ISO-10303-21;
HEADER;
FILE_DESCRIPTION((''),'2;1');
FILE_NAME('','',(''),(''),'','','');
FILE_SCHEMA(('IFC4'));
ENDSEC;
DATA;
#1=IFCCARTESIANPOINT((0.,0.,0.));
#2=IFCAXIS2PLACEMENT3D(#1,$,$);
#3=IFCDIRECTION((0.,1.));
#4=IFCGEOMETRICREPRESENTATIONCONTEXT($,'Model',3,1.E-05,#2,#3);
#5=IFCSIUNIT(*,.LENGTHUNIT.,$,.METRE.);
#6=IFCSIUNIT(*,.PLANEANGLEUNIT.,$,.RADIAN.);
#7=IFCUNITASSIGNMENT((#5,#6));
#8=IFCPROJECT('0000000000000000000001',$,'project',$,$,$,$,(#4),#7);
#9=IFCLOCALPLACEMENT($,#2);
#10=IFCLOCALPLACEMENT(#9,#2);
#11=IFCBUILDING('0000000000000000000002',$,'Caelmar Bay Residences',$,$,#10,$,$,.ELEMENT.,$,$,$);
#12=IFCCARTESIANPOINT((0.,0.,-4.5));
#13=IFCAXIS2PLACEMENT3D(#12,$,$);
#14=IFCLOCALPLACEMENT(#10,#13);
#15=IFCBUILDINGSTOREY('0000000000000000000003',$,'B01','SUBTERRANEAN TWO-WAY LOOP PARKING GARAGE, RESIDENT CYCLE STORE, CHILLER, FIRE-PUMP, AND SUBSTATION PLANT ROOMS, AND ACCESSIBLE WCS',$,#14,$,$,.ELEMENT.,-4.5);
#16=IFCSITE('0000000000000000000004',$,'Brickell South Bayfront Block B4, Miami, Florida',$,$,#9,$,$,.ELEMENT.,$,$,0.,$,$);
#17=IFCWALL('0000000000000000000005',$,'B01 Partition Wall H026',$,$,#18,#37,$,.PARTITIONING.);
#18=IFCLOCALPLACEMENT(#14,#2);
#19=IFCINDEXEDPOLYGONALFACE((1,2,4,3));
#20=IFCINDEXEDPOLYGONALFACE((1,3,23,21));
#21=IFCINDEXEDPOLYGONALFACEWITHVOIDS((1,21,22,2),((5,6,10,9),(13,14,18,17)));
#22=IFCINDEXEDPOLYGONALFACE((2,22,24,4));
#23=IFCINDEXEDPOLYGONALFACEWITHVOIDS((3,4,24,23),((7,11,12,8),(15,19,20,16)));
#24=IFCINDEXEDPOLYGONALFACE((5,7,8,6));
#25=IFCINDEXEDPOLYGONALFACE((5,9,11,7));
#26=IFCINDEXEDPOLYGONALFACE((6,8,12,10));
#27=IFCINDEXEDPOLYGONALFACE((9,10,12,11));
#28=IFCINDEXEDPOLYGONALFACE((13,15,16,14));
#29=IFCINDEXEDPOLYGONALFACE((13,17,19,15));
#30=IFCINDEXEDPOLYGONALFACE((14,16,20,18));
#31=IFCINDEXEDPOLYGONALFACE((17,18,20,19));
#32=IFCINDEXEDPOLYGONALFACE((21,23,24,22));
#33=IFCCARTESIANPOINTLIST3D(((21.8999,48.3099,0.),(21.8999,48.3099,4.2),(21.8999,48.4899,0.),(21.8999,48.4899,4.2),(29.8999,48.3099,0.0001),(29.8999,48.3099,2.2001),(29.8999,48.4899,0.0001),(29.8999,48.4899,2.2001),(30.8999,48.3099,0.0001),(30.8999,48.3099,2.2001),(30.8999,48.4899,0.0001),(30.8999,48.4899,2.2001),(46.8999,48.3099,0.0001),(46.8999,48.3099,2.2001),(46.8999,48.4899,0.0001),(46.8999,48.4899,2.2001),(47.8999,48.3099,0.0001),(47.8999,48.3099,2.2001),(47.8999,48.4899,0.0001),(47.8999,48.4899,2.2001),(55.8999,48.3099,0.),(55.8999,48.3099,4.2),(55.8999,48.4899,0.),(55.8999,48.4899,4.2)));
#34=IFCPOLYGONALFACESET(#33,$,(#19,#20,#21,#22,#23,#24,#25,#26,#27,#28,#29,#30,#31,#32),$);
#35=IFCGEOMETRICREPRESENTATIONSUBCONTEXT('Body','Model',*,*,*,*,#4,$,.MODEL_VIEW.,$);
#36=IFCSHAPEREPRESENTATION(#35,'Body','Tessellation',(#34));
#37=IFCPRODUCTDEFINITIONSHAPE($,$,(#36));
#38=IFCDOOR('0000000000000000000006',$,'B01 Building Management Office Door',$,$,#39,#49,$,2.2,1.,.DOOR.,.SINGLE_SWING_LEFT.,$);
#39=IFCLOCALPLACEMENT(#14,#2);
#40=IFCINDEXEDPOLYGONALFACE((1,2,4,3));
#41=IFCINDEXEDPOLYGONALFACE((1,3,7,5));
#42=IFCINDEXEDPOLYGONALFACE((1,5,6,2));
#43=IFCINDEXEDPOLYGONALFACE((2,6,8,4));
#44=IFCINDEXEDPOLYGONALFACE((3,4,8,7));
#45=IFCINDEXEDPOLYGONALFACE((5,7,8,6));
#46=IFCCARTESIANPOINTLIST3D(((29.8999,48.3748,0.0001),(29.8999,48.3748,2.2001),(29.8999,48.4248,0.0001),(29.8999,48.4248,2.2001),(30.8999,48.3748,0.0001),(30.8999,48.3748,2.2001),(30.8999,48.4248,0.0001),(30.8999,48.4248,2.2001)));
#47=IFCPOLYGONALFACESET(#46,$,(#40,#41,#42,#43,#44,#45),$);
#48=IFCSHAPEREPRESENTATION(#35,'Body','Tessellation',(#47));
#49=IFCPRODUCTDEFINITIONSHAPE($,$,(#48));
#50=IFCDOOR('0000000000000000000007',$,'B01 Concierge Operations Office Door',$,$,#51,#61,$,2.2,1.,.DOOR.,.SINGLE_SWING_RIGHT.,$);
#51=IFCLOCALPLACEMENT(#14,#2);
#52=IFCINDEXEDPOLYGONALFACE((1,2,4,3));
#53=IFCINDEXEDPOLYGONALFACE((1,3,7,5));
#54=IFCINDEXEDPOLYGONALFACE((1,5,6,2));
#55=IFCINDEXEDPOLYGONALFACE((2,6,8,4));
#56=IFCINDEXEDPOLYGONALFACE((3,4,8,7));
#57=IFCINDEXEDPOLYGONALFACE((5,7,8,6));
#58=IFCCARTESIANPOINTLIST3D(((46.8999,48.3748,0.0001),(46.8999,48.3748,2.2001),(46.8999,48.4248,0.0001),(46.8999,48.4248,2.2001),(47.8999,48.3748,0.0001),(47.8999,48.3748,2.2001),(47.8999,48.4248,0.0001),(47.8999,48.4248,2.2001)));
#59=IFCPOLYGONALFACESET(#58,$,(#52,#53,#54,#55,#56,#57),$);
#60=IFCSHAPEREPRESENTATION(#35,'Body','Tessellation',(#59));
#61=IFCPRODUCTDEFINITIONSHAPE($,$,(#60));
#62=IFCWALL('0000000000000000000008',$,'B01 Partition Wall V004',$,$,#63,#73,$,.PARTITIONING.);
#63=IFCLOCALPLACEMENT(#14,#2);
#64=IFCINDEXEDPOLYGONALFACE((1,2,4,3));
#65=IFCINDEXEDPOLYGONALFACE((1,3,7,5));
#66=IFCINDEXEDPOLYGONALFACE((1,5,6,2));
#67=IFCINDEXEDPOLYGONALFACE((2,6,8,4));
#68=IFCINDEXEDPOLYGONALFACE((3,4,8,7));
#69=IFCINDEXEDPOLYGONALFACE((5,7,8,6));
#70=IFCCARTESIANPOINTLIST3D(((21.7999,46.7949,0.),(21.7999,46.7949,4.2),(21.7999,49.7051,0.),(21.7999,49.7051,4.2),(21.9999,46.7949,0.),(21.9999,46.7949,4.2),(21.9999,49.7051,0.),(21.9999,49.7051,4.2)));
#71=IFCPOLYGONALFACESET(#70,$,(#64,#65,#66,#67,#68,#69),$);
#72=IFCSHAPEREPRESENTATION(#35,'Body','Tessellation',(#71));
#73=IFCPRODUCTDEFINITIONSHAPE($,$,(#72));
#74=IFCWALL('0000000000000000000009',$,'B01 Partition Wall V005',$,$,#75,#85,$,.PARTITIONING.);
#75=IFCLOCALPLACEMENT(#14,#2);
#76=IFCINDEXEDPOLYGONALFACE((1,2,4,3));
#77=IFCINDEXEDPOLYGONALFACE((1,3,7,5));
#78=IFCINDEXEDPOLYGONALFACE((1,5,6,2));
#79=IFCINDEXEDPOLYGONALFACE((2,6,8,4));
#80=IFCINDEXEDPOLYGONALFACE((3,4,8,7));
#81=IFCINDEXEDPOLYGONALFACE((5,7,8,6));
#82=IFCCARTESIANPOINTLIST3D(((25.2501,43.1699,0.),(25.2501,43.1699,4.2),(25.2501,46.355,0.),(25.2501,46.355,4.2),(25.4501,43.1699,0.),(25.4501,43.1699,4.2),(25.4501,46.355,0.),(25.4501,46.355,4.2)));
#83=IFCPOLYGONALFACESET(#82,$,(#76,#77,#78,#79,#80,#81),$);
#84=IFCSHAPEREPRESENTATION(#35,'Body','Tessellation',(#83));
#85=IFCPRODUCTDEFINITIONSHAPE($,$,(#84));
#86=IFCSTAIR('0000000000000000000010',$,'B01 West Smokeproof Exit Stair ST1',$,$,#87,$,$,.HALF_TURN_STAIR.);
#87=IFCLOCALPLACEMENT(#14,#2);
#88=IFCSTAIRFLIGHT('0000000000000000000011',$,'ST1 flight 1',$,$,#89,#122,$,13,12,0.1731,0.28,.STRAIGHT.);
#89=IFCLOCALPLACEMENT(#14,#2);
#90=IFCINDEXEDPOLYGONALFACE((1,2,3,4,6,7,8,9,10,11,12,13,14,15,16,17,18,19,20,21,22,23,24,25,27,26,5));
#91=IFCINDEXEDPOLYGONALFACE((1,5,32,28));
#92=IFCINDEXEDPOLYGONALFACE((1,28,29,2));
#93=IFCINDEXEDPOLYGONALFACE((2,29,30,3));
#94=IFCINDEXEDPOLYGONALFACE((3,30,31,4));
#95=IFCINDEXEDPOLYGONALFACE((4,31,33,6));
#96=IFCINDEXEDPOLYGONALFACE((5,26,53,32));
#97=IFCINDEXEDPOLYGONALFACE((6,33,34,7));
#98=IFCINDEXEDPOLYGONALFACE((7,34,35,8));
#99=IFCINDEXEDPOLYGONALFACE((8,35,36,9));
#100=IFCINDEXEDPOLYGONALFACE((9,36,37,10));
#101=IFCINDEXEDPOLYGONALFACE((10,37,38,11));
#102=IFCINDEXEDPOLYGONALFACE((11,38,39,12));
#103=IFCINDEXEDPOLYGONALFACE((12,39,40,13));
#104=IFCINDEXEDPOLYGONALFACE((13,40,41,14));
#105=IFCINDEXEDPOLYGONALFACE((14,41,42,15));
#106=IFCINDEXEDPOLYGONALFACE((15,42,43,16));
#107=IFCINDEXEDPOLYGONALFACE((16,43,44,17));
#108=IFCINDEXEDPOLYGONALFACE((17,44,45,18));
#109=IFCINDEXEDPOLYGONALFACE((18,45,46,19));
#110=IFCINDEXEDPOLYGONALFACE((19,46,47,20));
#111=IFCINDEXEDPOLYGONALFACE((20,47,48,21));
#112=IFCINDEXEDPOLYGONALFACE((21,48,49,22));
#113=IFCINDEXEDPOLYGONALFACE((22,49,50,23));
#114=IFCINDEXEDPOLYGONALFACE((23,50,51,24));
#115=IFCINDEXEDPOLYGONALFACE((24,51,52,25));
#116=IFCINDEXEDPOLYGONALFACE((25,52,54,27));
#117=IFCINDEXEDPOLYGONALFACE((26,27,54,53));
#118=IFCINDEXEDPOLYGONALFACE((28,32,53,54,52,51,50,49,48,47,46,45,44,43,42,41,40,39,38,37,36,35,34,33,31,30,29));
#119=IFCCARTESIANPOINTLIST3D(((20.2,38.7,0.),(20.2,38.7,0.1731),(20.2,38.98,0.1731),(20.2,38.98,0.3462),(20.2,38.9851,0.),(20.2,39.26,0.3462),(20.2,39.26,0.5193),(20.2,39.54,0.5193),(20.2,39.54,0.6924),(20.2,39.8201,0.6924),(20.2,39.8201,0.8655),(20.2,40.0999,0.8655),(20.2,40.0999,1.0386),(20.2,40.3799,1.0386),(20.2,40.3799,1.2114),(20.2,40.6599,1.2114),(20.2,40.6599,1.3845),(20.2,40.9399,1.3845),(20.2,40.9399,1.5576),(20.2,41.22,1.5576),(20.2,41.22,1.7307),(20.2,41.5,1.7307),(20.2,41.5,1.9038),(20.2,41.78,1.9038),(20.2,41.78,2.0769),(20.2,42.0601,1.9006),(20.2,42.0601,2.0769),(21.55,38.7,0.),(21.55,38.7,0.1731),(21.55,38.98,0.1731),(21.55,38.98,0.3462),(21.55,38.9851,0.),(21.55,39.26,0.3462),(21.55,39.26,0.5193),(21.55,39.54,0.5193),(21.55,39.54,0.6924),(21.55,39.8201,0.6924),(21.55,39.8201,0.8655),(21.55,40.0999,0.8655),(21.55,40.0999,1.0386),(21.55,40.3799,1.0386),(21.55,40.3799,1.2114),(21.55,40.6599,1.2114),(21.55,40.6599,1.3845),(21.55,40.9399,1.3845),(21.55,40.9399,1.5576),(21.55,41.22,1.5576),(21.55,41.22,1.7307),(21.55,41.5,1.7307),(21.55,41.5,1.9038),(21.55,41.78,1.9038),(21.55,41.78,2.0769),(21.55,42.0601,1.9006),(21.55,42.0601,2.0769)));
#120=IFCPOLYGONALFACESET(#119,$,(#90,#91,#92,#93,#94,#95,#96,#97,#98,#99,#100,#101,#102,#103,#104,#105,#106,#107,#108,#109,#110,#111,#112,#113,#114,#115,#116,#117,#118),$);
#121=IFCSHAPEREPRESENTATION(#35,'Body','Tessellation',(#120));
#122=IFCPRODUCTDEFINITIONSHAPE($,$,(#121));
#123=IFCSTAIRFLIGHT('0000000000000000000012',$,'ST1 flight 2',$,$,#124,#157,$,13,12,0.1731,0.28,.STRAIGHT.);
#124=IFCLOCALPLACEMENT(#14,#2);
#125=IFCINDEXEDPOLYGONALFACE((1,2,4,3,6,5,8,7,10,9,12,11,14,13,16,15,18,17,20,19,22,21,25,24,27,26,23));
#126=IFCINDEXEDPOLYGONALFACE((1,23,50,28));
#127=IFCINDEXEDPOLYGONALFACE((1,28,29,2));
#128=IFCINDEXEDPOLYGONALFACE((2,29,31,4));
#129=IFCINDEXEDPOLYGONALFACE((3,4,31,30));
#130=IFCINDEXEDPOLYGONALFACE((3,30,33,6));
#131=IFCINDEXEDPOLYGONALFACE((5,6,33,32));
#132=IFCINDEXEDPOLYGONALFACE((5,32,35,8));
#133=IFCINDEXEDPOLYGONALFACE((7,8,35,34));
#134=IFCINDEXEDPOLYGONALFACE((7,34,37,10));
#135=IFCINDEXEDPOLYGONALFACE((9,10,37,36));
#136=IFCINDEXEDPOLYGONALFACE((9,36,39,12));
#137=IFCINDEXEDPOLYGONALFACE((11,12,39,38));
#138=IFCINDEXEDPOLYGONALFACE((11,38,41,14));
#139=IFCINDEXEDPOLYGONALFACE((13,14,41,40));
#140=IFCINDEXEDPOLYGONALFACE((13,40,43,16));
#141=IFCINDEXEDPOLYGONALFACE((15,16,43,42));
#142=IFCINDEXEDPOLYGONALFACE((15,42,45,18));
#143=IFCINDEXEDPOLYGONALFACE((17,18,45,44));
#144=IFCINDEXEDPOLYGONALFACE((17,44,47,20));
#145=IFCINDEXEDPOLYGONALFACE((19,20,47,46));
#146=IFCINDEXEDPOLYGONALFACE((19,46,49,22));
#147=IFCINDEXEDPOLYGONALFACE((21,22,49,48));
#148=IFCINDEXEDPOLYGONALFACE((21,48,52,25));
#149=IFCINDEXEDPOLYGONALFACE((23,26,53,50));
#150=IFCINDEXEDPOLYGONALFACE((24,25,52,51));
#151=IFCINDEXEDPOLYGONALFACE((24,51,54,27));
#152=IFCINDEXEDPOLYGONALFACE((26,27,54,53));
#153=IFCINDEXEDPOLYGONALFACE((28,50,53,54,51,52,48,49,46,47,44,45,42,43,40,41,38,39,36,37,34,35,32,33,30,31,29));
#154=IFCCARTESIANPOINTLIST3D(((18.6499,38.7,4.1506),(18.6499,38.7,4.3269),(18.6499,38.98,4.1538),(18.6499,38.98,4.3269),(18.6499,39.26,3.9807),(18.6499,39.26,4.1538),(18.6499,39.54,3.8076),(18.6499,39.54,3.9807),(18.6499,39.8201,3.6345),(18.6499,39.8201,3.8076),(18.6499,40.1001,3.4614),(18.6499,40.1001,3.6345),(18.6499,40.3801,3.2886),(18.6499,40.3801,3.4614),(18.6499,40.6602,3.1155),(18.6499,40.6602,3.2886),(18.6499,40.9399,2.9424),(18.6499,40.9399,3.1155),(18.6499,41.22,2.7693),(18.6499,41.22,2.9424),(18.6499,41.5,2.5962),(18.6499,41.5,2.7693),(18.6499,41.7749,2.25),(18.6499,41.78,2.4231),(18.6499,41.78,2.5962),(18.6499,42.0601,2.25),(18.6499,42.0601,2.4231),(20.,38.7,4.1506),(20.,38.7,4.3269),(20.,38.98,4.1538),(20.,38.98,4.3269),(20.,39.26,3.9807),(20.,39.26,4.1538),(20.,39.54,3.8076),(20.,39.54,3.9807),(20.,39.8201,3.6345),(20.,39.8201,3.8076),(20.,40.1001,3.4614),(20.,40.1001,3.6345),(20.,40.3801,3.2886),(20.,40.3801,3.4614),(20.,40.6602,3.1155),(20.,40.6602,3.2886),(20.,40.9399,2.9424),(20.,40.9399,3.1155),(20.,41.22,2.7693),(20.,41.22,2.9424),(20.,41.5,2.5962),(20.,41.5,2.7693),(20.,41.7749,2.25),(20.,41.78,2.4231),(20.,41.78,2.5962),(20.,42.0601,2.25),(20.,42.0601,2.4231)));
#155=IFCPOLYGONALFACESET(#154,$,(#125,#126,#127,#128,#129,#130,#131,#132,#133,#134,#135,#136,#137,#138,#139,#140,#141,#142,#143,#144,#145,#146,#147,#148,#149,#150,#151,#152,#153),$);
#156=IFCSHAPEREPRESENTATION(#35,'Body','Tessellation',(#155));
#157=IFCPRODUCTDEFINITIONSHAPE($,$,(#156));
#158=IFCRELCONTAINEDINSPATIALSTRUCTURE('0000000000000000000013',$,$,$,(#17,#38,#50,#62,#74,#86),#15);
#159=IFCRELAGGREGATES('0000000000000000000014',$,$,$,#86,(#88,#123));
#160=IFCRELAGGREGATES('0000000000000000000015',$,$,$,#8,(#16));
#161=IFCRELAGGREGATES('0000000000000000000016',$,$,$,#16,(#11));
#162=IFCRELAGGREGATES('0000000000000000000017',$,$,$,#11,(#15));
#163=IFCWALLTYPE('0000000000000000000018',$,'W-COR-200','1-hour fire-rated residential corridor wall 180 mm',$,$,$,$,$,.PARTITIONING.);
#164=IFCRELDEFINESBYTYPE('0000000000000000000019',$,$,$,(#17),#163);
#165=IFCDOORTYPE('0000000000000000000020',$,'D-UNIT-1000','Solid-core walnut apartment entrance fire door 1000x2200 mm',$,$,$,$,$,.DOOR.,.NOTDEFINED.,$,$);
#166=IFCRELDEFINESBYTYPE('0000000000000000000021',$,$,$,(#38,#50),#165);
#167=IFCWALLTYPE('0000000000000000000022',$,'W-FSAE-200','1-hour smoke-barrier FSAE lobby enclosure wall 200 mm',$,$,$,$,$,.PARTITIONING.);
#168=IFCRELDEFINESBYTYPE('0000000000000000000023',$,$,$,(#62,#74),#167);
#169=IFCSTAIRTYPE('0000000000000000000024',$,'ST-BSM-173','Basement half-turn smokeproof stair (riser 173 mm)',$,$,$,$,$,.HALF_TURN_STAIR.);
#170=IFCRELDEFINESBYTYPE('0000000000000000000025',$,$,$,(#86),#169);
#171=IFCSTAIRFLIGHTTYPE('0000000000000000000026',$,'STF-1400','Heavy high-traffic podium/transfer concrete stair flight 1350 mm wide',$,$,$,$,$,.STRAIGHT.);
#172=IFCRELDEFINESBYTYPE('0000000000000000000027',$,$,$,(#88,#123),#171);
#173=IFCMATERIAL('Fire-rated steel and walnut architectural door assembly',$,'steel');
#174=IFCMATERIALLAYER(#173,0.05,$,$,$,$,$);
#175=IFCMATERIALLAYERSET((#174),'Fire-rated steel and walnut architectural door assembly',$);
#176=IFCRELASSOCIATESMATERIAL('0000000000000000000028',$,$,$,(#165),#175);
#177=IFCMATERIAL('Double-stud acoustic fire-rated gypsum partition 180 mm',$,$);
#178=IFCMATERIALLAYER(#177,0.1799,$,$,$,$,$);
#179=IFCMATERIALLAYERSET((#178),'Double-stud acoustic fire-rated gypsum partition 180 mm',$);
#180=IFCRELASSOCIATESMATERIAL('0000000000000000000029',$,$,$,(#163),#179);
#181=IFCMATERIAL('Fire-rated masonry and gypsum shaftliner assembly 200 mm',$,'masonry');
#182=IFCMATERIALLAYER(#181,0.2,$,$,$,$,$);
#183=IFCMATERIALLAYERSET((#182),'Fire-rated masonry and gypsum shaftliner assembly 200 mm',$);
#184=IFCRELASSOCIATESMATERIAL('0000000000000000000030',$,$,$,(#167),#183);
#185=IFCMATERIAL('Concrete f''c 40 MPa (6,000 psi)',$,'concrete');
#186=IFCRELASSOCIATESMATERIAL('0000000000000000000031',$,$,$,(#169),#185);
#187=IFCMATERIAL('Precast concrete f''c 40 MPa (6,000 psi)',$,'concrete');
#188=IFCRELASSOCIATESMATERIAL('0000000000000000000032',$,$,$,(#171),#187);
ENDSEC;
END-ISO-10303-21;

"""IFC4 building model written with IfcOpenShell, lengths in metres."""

from ifc_helpers import new_model, si_unit, direction, frame, frame_2d, origin, place, context, subcontext, project, spatial, polyline, rectangle, outline, extrude, material, layer, layer_set, type_object, element, fill, aggregate, save


model = new_model("IFC4")

# Units and contexts
model_context = context("Model", 3, precision=1e-05, world=origin(), true_north=direction((0.0, 1.0)))
body_context = subcontext(model_context, "Body", "Model", "MODEL_VIEW")
ifc_project = project(units=[si_unit("LENGTHUNIT", "METRE"), si_unit("PLANEANGLEUNIT", "RADIAN")], contexts=[model_context])

# Site, building, storey
site_placement = place(None, origin())
site = spatial("IfcSite", under=ifc_project, at=site_placement, Name="Brickell South Bayfront Block B4, Miami, Florida", CompositionType="ELEMENT", RefElevation=0.0)
building_placement = place(site_placement, origin())
building = spatial("IfcBuilding", under=site, at=building_placement, Name="Caelmar Bay Residences", CompositionType="ELEMENT")
storey_placement = place(building_placement, frame((0.0, 0.0, -4.5)))
storey = spatial("IfcBuildingStorey", under=building, at=storey_placement, Name="B01", Description="SUBTERRANEAN TWO-WAY LOOP PARKING GARAGE, RESIDENT CYCLE STORE, CHILLER, FIRE-PUMP, AND SUBSTATION PLANT ROOMS, AND ACCESSIBLE WCS", CompositionType="ELEMENT", Elevation=-4.5)

# Wall, openings, doors
ifc_material_1 = material(Name="Fire-rated steel and walnut architectural door assembly", Category="steel")
ifc_layer_1 = layer(ifc_material_1, 0.05)
ifc_layer_set_1 = layer_set([ifc_layer_1], Name="Fire-rated steel and walnut architectural door assembly")
door_type_1 = type_object("IfcDoorType", Name="D-UNIT-1000", Description="Solid-core walnut apartment entrance fire door 1000x2200 mm", OperationType="NOTDEFINED", PredefinedType="DOOR", material=ifc_layer_set_1)
ifc_material_2 = material(Name="Double-stud acoustic fire-rated gypsum partition 180 mm")
ifc_layer_2 = layer(ifc_material_2, 0.1799)
ifc_layer_set_2 = layer_set([ifc_layer_2], Name="Double-stud acoustic fire-rated gypsum partition 180 mm")
wall_type_1 = type_object("IfcWallType", Name="W-COR-200", Description="1-hour fire-rated residential corridor wall 180 mm", PredefinedType="PARTITIONING", material=ifc_layer_set_2)
wall_1_placement = place(storey_placement, frame((21.8999, 48.3999, 0.0), z_axis=(0.0, 0.0, 1.0), x_axis=(1.0, 0.0, 0.0)))
wall_1 = element("IfcWall", 1, at=wall_1_placement, inside=storey, type_object=wall_type_1, Name="B01 Partition Wall H026", PredefinedType="PARTITIONING", context=body_context, shape_type="SweptSolid", body=[
    extrude(rectangle(XDim=34.0, YDim=0.1799, at=frame_2d((17.0, 0.0))), origin(), (0.0, 0.0, 1.0), 4.2),
])
opening_1_placement = place(wall_1_placement, frame((8.0, 0.0, 0.0)))
opening_1 = element("IfcOpeningElement", 2, at=opening_1_placement, cuts=wall_1, PredefinedType="OPENING", context=body_context, shape_type="SweptSolid", body=[
    extrude(rectangle(XDim=1.0, YDim=2.2, at=frame_2d((0.5, 1.1001))), frame((0.0, 0.0999, 0.0), z_axis=(0.0, -1.0, 0.0), x_axis=(1.0, 0.0, 0.0)), (0.0, 0.0, 1.0), 0.2),
])
opening_2_placement = place(wall_1_placement, frame((25.0, 0.0, 0.0)))
opening_2 = element("IfcOpeningElement", 3, at=opening_2_placement, cuts=wall_1, PredefinedType="OPENING", context=body_context, shape_type="SweptSolid", body=[
    extrude(rectangle(XDim=1.0, YDim=2.2, at=frame_2d((0.5, 1.1001))), frame((0.0, 0.0999, 0.0), z_axis=(0.0, -1.0, 0.0), x_axis=(1.0, 0.0, 0.0)), (0.0, 0.0, 1.0), 0.2),
])
door_1_placement = place(opening_1_placement, origin())
door_1 = element("IfcDoor", 4, at=door_1_placement, inside=storey, type_object=door_type_1, Name="B01 Building Management Office Door", OperationType="SINGLE_SWING_LEFT", OverallHeight=2.2, OverallWidth=1.0, PredefinedType="DOOR", context=body_context, shape_type="SweptSolid", body=[
    extrude(rectangle(XDim=1.0, YDim=2.2, at=frame_2d((0.5, 1.1001))), frame((0.0, 0.0249, 0.0), z_axis=(0.0, -1.0, 0.0), x_axis=(1.0, 0.0, 0.0)), (0.0, 0.0, 1.0), 0.05),
])
fill(opening_1, door_1)
door_2_placement = place(opening_2_placement, origin())
door_2 = element("IfcDoor", 5, at=door_2_placement, inside=storey, type_object=door_type_1, Name="B01 Concierge Operations Office Door", OperationType="SINGLE_SWING_RIGHT", OverallHeight=2.2, OverallWidth=1.0, PredefinedType="DOOR", context=body_context, shape_type="SweptSolid", body=[
    extrude(rectangle(XDim=1.0, YDim=2.2, at=frame_2d((0.5, 1.1001))), frame((0.0, 0.0249, 0.0), z_axis=(0.0, -1.0, 0.0), x_axis=(1.0, 0.0, 0.0)), (0.0, 0.0, 1.0), 0.05),
])
fill(opening_2, door_2)

# Walls
ifc_material_3 = material(Name="Fire-rated masonry and gypsum shaftliner assembly 200 mm", Category="masonry")
ifc_layer_3 = layer(ifc_material_3, 0.2)
ifc_layer_set_3 = layer_set([ifc_layer_3], Name="Fire-rated masonry and gypsum shaftliner assembly 200 mm")
wall_type_2 = type_object("IfcWallType", Name="W-FSAE-200", Description="1-hour smoke-barrier FSAE lobby enclosure wall 200 mm", PredefinedType="PARTITIONING", material=ifc_layer_set_3)
wall_2_placement = place(storey_placement, frame((21.8999, 46.7949, 0.0), z_axis=(0.0, 0.0, 1.0), x_axis=(0.0, 1.0, 0.0)))
element("IfcWall", 6, at=wall_2_placement, inside=storey, type_object=wall_type_2, Name="B01 Partition Wall V004", PredefinedType="PARTITIONING", context=body_context, shape_type="SweptSolid", body=[
    extrude(rectangle(XDim=2.9102, YDim=0.2, at=frame_2d((1.4551, 0.0))), origin(), (0.0, 0.0, 1.0), 4.2),
])
wall_3_placement = place(storey_placement, frame((25.3501, 43.1699, 0.0), z_axis=(0.0, 0.0, 1.0), x_axis=(0.0, 1.0, 0.0)))
element("IfcWall", 7, at=wall_3_placement, inside=storey, type_object=wall_type_2, Name="B01 Partition Wall V005", PredefinedType="PARTITIONING", context=body_context, shape_type="SweptSolid", body=[
    extrude(rectangle(XDim=3.1851, YDim=0.2, at=frame_2d((1.5925, 0.0))), origin(), (0.0, 0.0, 1.0), 4.2),
])

# Stair, stair flights
ifc_material_4 = material(Name="Concrete f'c 40 MPa (6,000 psi)", Category="concrete")
stair_type = type_object("IfcStairType", Name="ST-BSM-173", Description="Basement half-turn smokeproof stair (riser 173 mm)", PredefinedType="HALF_TURN_STAIR", material=ifc_material_4)
stair_placement = place(storey_placement, origin())
stair = element("IfcStair", 8, at=stair_placement, inside=storey, type_object=stair_type, Name="B01 West Smokeproof Exit Stair ST1", PredefinedType="HALF_TURN_STAIR")
ifc_material_5 = material(Name="Precast concrete f'c 40 MPa (6,000 psi)", Category="concrete")
stair_flight_type = type_object("IfcStairFlightType", Name="STF-1400", Description="Heavy high-traffic podium/transfer concrete stair flight 1350 mm wide", PredefinedType="STRAIGHT", material=ifc_material_5)
stair_flight_1_placement = place(storey_placement, frame((20.875, 38.7, 0.0), z_axis=(0.0, 0.0, 1.0), x_axis=(0.0, 1.0, 0.0)))
stair_flight_1 = element("IfcStairFlight", 9, at=stair_flight_1_placement, type_object=stair_flight_type, Name="ST1 flight 1", NumberOfRisers=13, NumberOfTreads=12, PredefinedType="STRAIGHT", RiserHeight=0.1731, TreadLength=0.28, context=body_context, shape_type="SweptSolid", body=[
    extrude(outline(polyline([(0.0, 0.0), (0.0, 0.1731), (0.28, 0.1731), (0.28, 0.3462), (0.5601, 0.3462), (0.5601, 0.5193), (0.8401, 0.5193), (0.8401, 0.6924), (1.1201, 0.6924), (1.1201, 0.8655), (1.3999, 0.8655), (1.3999, 1.0386), (1.6799, 1.0386), (1.6799, 1.2114), (1.96, 1.2114), (1.96, 1.3845), (2.24, 1.3845), (2.24, 1.5576), (2.52, 1.5576), (2.52, 1.7307), (2.8, 1.7307), (2.8, 1.9038), (3.0801, 1.9038), (3.0801, 2.0769), (3.3601, 2.0769), (3.3601, 2.25), (3.3601, 1.9006), (0.2852, 0.0), (0.0, 0.0)])), frame((0.0, 0.675, 0.0), z_axis=(0.0, -1.0, 0.0), x_axis=(1.0, 0.0, 0.0)), (0.0, 0.0, 1.0), 1.3501),
])
stair_flight_2_placement = place(storey_placement, frame((19.325, 42.0601, 2.25), z_axis=(0.0, 0.0, 1.0), x_axis=(0.0, -1.0, 0.0)))
stair_flight_2 = element("IfcStairFlight", 10, at=stair_flight_2_placement, type_object=stair_flight_type, Name="ST1 flight 2", NumberOfRisers=13, NumberOfTreads=12, PredefinedType="STRAIGHT", RiserHeight=0.1731, TreadLength=0.28, context=body_context, shape_type="SweptSolid", body=[
    extrude(outline(polyline([(0.0, 0.0), (0.0, 0.1731), (0.28, 0.1731), (0.28, 0.3462), (0.5601, 0.3462), (0.5601, 0.5193), (0.8401, 0.5193), (0.8401, 0.6924), (1.1201, 0.6924), (1.1201, 0.8655), (1.3999, 0.8655), (1.3999, 1.0386), (1.6799, 1.0386), (1.6799, 1.2114), (1.96, 1.2114), (1.96, 1.3845), (2.24, 1.3845), (2.24, 1.5576), (2.52, 1.5576), (2.52, 1.7307), (2.8, 1.7307), (2.8, 1.9038), (3.0801, 1.9038), (3.0801, 2.0769), (3.3601, 2.0769), (3.3601, 2.25), (3.3601, 1.9006), (0.2852, 0.0), (0.0, 0.0)])), frame((0.0, 0.675, 0.0), z_axis=(0.0, -1.0, 0.0), x_axis=(1.0, 0.0, 0.0)), (0.0, 0.0, 1.0), 1.3501),
])
aggregate(stair, [stair_flight_1, stair_flight_2])

save(model, "model.ifc")
